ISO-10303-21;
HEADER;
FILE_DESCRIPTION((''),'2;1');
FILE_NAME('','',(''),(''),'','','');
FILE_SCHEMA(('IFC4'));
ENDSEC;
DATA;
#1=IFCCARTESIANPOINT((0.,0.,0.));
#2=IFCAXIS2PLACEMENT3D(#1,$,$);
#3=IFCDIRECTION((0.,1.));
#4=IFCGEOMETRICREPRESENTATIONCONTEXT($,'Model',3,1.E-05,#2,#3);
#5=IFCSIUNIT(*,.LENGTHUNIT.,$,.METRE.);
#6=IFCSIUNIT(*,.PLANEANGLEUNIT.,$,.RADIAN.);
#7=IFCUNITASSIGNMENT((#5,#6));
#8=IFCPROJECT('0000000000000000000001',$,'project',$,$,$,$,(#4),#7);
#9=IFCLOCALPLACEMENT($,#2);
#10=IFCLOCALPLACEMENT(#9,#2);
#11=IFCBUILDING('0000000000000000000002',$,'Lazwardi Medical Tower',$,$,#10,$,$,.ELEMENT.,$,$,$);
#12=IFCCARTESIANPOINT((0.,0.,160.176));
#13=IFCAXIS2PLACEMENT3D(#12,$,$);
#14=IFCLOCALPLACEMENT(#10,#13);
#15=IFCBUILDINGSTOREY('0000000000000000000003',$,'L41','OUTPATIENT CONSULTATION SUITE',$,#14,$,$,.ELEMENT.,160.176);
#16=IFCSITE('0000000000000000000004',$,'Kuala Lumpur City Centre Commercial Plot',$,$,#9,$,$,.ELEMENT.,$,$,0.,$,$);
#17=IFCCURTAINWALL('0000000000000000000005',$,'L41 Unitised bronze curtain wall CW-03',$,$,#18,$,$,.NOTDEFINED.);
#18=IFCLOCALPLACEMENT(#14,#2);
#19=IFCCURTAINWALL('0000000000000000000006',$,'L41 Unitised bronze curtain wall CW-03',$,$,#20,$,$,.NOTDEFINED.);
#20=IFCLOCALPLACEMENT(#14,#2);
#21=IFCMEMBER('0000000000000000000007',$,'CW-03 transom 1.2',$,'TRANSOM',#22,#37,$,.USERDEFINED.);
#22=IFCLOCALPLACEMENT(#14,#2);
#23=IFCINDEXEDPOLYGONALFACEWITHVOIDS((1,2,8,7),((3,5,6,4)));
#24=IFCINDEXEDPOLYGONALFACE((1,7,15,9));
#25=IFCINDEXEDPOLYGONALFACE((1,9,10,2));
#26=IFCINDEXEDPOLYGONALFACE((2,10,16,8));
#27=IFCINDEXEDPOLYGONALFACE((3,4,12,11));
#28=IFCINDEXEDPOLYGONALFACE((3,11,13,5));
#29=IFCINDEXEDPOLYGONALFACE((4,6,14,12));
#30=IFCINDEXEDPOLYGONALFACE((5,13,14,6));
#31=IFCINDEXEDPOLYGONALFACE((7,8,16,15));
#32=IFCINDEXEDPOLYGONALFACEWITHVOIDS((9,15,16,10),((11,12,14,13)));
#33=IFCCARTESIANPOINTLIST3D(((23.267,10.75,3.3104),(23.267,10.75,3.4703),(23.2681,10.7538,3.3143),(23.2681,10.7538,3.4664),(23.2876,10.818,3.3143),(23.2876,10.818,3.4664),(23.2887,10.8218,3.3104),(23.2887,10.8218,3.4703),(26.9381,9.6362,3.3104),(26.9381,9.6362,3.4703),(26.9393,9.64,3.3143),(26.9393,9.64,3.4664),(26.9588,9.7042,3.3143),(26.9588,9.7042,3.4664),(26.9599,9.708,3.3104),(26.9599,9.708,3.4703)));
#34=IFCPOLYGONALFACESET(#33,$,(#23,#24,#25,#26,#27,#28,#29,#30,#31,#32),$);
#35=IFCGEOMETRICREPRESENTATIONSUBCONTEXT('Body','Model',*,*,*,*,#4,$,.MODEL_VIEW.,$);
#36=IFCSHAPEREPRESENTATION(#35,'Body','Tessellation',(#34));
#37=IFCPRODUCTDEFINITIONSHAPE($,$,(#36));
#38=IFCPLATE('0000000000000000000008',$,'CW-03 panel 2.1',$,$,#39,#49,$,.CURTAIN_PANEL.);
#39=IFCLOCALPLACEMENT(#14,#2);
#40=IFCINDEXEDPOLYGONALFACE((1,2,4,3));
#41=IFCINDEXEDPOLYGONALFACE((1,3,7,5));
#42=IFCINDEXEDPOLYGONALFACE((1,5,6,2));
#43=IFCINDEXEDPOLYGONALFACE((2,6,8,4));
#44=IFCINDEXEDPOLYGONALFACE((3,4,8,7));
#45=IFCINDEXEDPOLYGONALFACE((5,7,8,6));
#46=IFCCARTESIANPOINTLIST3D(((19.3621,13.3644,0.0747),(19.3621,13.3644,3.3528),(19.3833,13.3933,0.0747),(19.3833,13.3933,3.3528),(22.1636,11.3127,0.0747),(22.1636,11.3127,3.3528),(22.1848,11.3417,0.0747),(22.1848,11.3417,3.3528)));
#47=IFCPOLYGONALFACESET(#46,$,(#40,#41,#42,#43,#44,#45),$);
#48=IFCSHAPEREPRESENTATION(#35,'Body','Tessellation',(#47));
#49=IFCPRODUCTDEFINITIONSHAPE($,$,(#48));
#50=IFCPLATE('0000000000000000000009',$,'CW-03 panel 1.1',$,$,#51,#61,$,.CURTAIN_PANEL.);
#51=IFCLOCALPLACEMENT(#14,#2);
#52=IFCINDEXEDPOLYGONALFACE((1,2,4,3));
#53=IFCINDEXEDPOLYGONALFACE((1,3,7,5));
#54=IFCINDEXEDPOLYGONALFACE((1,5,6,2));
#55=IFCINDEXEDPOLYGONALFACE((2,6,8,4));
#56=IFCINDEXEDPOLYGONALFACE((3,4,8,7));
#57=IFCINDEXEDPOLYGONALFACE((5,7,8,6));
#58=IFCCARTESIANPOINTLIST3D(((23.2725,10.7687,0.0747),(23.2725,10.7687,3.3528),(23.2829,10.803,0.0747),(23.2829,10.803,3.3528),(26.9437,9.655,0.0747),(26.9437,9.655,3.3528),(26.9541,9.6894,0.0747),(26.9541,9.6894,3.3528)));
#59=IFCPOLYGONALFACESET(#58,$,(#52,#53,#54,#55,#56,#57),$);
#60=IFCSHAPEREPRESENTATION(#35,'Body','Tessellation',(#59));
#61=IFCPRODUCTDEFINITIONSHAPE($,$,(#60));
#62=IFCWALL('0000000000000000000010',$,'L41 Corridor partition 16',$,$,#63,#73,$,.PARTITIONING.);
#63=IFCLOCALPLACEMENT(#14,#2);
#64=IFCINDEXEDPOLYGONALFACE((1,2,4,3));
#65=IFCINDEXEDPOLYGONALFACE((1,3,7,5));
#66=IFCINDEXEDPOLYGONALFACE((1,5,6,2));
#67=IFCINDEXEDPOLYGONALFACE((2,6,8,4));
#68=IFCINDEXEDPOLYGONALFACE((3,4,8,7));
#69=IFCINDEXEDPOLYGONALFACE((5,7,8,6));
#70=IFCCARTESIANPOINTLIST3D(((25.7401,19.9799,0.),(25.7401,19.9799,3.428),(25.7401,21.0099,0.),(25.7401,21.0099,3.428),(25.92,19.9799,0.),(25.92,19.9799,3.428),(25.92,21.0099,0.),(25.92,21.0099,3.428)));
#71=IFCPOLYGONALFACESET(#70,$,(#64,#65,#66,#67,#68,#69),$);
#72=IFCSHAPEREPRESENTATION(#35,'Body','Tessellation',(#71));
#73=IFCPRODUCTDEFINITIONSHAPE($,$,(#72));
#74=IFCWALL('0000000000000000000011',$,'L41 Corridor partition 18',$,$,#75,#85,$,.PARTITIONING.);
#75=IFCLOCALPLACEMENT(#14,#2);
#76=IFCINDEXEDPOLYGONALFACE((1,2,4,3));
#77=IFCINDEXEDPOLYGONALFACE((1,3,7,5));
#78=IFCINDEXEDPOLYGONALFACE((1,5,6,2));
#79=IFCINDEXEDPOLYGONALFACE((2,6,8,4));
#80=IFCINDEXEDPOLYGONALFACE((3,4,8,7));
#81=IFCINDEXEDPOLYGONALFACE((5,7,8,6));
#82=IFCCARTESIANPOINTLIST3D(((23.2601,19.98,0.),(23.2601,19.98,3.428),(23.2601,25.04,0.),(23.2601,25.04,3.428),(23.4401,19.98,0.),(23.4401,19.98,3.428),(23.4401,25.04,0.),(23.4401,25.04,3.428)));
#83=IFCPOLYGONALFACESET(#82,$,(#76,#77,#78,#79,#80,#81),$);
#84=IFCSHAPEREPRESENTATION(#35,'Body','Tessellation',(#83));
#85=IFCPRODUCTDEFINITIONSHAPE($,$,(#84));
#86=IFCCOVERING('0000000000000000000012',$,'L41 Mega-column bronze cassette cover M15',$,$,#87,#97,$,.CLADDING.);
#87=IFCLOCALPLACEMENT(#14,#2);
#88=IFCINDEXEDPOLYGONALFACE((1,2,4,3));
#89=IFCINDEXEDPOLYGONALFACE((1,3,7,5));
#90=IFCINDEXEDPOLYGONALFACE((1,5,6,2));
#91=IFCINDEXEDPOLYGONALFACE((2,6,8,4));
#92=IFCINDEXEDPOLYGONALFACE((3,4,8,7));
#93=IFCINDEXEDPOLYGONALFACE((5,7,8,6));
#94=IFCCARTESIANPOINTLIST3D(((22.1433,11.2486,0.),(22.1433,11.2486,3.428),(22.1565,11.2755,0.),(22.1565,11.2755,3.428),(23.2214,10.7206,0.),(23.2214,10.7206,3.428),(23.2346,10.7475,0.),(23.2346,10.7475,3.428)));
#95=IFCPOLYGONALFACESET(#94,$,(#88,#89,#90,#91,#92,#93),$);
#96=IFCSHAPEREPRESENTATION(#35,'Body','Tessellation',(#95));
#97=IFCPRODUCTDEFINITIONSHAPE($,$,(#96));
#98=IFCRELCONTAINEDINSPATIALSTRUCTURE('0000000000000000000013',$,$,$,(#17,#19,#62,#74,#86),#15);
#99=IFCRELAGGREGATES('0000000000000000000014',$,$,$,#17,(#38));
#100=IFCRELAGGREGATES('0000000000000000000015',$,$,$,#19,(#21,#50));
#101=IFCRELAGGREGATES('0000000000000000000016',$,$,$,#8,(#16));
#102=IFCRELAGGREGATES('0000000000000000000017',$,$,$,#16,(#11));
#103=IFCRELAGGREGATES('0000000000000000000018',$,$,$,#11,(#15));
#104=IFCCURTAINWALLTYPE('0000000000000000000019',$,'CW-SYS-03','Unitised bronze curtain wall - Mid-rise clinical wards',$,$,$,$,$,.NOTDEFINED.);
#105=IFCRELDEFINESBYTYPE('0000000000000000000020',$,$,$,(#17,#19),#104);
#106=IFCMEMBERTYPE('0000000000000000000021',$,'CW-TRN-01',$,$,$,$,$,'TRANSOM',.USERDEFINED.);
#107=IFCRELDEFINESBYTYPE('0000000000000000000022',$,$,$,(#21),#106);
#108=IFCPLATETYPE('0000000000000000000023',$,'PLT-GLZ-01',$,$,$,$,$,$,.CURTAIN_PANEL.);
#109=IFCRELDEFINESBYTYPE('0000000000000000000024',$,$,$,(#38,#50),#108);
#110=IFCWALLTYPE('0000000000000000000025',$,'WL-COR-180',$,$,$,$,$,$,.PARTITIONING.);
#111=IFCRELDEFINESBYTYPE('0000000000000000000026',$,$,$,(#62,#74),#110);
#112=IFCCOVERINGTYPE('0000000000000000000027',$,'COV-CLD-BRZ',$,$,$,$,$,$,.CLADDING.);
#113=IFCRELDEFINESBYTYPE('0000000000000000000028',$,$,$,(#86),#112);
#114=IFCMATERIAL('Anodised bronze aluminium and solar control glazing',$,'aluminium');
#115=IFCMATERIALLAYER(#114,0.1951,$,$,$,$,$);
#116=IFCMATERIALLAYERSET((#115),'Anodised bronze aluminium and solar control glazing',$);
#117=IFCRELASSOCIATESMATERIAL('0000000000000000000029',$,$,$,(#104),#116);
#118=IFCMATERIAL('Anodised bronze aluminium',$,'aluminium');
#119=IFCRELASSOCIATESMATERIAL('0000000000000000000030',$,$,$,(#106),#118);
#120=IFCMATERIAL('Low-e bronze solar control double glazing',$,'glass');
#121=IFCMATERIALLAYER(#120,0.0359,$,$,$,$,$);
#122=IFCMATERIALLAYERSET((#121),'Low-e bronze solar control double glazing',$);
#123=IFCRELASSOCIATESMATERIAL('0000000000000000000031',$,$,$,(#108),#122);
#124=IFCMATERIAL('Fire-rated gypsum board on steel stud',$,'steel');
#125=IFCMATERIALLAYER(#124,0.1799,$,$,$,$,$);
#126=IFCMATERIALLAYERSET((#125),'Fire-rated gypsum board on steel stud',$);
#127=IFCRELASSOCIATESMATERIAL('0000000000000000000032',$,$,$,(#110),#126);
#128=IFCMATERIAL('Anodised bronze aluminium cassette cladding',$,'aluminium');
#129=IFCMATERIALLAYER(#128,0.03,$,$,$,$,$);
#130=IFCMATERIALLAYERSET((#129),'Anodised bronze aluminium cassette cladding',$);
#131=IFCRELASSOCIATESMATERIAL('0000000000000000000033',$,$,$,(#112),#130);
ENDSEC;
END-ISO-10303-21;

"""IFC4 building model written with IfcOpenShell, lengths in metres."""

from ifc_helpers import new_model, si_unit, direction, frame, frame_2d, origin, origin_2d, place, context, subcontext, project, spatial, rectangle, hollow_rectangle, extrude, material, layer, layer_set, material_profile, profile_set, type_object, element, aggregate, save


model = new_model("IFC4")

# Units and contexts
model_context = context("Model", 3, precision=1e-05, world=origin(), true_north=direction((0.0, 1.0)))
body_context = subcontext(model_context, "Body", "Model", "MODEL_VIEW")
ifc_project = project(units=[si_unit("LENGTHUNIT", "METRE"), si_unit("PLANEANGLEUNIT", "RADIAN")], contexts=[model_context])

# Site, building, storey
site_placement = place(None, origin())
site = spatial("IfcSite", under=ifc_project, at=site_placement, Name="Kuala Lumpur City Centre Commercial Plot", CompositionType="ELEMENT", RefElevation=0.0)
building_placement = place(site_placement, origin())
building = spatial("IfcBuilding", under=site, at=building_placement, Name="Lazwardi Medical Tower", CompositionType="ELEMENT")
storey_placement = place(building_placement, frame((0.0, 0.0, 160.176)))
storey = spatial("IfcBuildingStorey", under=building, at=storey_placement, Name="L41", Description="OUTPATIENT CONSULTATION SUITE", CompositionType="ELEMENT", Elevation=160.176)

# Curtain walls
ifc_material_1 = material(Name="Anodised bronze aluminium and solar control glazing", Category="aluminium")
ifc_layer_1 = layer(ifc_material_1, 0.1951)
ifc_layer_set_1 = layer_set([ifc_layer_1], Name="Anodised bronze aluminium and solar control glazing")
curtain_wall_type = type_object("IfcCurtainWallType", Name="CW-SYS-03", Description="Unitised bronze curtain wall - Mid-rise clinical wards", PredefinedType="NOTDEFINED", material=ifc_layer_set_1)
curtain_wall_1_placement = place(storey_placement, origin())
curtain_wall_1 = element("IfcCurtainWall", 1, at=curtain_wall_1_placement, inside=storey, type_object=curtain_wall_type, Name="L41 Unitised bronze curtain wall CW-03", PredefinedType="NOTDEFINED")
ifc_material_2 = material(Name="Anodised bronze aluminium", Category="aluminium")
curtain_wall_2_placement = place(storey_placement, origin())
curtain_wall_2 = element("IfcCurtainWall", 2, at=curtain_wall_2_placement, inside=storey, type_object=curtain_wall_type, Name="L41 Unitised bronze curtain wall CW-03", PredefinedType="NOTDEFINED")

# Member
ifc_material_profile_1 = material_profile(ifc_material_2, hollow_rectangle(XDim=0.075, YDim=0.1599, WallThickness=0.0039, at=origin_2d()), Name="ALU-TRANSOM 160x75x4")
ifc_profile_set_1 = profile_set([ifc_material_profile_1], Name="Anodised bronze aluminium")
member_type_1 = type_object("IfcMemberType", Name="CW-TRN-01", ElementType="TRANSOM", PredefinedType="USERDEFINED", material=ifc_profile_set_1)
member_1_placement = place(storey_placement, frame((23.2778, 10.7859, 3.3904), z_axis=(0.95693, -0.290318, 0.0), x_axis=(0.290318, 0.95693, 0.0)))
member_1 = element("IfcMember", 3, at=member_1_placement, type_object=member_type_1, Name="CW-03 transom 1.2", ObjectType="TRANSOM", PredefinedType="USERDEFINED", context=body_context, shape_type="SweptSolid", body=[
    extrude(hollow_rectangle(XDim=0.075, YDim=0.1599, WallThickness=0.0039, at=origin_2d()), origin(), (0.0, 0.0, 1.0), 3.8364),
])

# Plates
ifc_material_3 = material(Name="Low-e bronze solar control double glazing", Category="glass")
ifc_layer_2 = layer(ifc_material_3, 0.0359)
ifc_layer_set_2 = layer_set([ifc_layer_2], Name="Low-e bronze solar control double glazing")
plate_type = type_object("IfcPlateType", Name="PLT-GLZ-01", PredefinedType="CURTAIN_PANEL", material=ifc_layer_set_2)
plate_1_placement = place(storey_placement, frame((20.7734, 12.353, 0.0747), z_axis=(0.0, 0.0, 1.0), x_axis=(0.806793, -0.590834, 0.0)))
plate_1 = element("IfcPlate", 4, at=plate_1_placement, type_object=plate_type, Name="CW-03 panel 2.1", PredefinedType="CURTAIN_PANEL", context=body_context, shape_type="SweptSolid", body=[
    extrude(rectangle(XDim=3.4724, YDim=0.0359, at=origin_2d()), origin(), (0.0, 0.0, 1.0), 3.2781),
])
aggregate(curtain_wall_1, [plate_1])
plate_2_placement = place(storey_placement, frame((25.1133, 10.229, 0.0747), z_axis=(0.0, 0.0, 1.0), x_axis=(0.956942, -0.290281, 0.0)))
plate_2 = element("IfcPlate", 5, at=plate_2_placement, type_object=plate_type, Name="CW-03 panel 1.1", PredefinedType="CURTAIN_PANEL", context=body_context, shape_type="SweptSolid", body=[
    extrude(rectangle(XDim=3.8364, YDim=0.0359, at=origin_2d()), origin(), (0.0, 0.0, 1.0), 3.2781),
])
aggregate(curtain_wall_2, [member_1, plate_2])

# Walls
ifc_material_4 = material(Name="Fire-rated gypsum board on steel stud", Category="steel")
ifc_layer_3 = layer(ifc_material_4, 0.1799)
ifc_layer_set_3 = layer_set([ifc_layer_3], Name="Fire-rated gypsum board on steel stud")
wall_type = type_object("IfcWallType", Name="WL-COR-180", PredefinedType="PARTITIONING", material=ifc_layer_set_3)
wall_1_placement = place(storey_placement, frame((25.8301, 21.01, 0.0), z_axis=(0.0, 0.0, 1.0), x_axis=(0.0, -1.0, 0.0)))
element("IfcWall", 6, at=wall_1_placement, inside=storey, type_object=wall_type, Name="L41 Corridor partition 16", PredefinedType="PARTITIONING", context=body_context, shape_type="SweptSolid", body=[
    extrude(rectangle(XDim=1.03, YDim=0.1799, at=frame_2d((0.5151, 0.0))), origin(), (0.0, 0.0, 1.0), 3.428),
])
wall_2_placement = place(storey_placement, frame((23.3501, 19.98, 0.0), z_axis=(0.0, 0.0, 1.0), x_axis=(0.0, 1.0, 0.0)))
element("IfcWall", 7, at=wall_2_placement, inside=storey, type_object=wall_type, Name="L41 Corridor partition 18", PredefinedType="PARTITIONING", context=body_context, shape_type="SweptSolid", body=[
    extrude(rectangle(XDim=5.0601, YDim=0.1799, at=frame_2d((2.53, 0.0))), origin(), (0.0, 0.0, 1.0), 3.428),
])

# Covering
ifc_material_5 = material(Name="Anodised bronze aluminium cassette cladding", Category="aluminium")
ifc_layer_4 = layer(ifc_material_5, 0.03)
ifc_layer_set_4 = layer_set([ifc_layer_4], Name="Anodised bronze aluminium cassette cladding")
covering_type = type_object("IfcCoveringType", Name="COV-CLD-BRZ", PredefinedType="CLADDING", material=ifc_layer_set_4)
covering_placement = place(storey_placement, frame((22.689, 10.998, 0.0), z_axis=(0.0, 0.0, 1.0), x_axis=(0.898079, -0.439834, 0.0)))
element("IfcCovering", 8, at=covering_placement, inside=storey, type_object=covering_type, Name="L41 Mega-column bronze cassette cover M15", PredefinedType="CLADDING", context=body_context, shape_type="SweptSolid", body=[
    extrude(rectangle(XDim=1.2004, YDim=0.03, at=origin_2d()), origin(), (0.0, 0.0, 1.0), 3.428),
])

save(model, "model.ifc")
